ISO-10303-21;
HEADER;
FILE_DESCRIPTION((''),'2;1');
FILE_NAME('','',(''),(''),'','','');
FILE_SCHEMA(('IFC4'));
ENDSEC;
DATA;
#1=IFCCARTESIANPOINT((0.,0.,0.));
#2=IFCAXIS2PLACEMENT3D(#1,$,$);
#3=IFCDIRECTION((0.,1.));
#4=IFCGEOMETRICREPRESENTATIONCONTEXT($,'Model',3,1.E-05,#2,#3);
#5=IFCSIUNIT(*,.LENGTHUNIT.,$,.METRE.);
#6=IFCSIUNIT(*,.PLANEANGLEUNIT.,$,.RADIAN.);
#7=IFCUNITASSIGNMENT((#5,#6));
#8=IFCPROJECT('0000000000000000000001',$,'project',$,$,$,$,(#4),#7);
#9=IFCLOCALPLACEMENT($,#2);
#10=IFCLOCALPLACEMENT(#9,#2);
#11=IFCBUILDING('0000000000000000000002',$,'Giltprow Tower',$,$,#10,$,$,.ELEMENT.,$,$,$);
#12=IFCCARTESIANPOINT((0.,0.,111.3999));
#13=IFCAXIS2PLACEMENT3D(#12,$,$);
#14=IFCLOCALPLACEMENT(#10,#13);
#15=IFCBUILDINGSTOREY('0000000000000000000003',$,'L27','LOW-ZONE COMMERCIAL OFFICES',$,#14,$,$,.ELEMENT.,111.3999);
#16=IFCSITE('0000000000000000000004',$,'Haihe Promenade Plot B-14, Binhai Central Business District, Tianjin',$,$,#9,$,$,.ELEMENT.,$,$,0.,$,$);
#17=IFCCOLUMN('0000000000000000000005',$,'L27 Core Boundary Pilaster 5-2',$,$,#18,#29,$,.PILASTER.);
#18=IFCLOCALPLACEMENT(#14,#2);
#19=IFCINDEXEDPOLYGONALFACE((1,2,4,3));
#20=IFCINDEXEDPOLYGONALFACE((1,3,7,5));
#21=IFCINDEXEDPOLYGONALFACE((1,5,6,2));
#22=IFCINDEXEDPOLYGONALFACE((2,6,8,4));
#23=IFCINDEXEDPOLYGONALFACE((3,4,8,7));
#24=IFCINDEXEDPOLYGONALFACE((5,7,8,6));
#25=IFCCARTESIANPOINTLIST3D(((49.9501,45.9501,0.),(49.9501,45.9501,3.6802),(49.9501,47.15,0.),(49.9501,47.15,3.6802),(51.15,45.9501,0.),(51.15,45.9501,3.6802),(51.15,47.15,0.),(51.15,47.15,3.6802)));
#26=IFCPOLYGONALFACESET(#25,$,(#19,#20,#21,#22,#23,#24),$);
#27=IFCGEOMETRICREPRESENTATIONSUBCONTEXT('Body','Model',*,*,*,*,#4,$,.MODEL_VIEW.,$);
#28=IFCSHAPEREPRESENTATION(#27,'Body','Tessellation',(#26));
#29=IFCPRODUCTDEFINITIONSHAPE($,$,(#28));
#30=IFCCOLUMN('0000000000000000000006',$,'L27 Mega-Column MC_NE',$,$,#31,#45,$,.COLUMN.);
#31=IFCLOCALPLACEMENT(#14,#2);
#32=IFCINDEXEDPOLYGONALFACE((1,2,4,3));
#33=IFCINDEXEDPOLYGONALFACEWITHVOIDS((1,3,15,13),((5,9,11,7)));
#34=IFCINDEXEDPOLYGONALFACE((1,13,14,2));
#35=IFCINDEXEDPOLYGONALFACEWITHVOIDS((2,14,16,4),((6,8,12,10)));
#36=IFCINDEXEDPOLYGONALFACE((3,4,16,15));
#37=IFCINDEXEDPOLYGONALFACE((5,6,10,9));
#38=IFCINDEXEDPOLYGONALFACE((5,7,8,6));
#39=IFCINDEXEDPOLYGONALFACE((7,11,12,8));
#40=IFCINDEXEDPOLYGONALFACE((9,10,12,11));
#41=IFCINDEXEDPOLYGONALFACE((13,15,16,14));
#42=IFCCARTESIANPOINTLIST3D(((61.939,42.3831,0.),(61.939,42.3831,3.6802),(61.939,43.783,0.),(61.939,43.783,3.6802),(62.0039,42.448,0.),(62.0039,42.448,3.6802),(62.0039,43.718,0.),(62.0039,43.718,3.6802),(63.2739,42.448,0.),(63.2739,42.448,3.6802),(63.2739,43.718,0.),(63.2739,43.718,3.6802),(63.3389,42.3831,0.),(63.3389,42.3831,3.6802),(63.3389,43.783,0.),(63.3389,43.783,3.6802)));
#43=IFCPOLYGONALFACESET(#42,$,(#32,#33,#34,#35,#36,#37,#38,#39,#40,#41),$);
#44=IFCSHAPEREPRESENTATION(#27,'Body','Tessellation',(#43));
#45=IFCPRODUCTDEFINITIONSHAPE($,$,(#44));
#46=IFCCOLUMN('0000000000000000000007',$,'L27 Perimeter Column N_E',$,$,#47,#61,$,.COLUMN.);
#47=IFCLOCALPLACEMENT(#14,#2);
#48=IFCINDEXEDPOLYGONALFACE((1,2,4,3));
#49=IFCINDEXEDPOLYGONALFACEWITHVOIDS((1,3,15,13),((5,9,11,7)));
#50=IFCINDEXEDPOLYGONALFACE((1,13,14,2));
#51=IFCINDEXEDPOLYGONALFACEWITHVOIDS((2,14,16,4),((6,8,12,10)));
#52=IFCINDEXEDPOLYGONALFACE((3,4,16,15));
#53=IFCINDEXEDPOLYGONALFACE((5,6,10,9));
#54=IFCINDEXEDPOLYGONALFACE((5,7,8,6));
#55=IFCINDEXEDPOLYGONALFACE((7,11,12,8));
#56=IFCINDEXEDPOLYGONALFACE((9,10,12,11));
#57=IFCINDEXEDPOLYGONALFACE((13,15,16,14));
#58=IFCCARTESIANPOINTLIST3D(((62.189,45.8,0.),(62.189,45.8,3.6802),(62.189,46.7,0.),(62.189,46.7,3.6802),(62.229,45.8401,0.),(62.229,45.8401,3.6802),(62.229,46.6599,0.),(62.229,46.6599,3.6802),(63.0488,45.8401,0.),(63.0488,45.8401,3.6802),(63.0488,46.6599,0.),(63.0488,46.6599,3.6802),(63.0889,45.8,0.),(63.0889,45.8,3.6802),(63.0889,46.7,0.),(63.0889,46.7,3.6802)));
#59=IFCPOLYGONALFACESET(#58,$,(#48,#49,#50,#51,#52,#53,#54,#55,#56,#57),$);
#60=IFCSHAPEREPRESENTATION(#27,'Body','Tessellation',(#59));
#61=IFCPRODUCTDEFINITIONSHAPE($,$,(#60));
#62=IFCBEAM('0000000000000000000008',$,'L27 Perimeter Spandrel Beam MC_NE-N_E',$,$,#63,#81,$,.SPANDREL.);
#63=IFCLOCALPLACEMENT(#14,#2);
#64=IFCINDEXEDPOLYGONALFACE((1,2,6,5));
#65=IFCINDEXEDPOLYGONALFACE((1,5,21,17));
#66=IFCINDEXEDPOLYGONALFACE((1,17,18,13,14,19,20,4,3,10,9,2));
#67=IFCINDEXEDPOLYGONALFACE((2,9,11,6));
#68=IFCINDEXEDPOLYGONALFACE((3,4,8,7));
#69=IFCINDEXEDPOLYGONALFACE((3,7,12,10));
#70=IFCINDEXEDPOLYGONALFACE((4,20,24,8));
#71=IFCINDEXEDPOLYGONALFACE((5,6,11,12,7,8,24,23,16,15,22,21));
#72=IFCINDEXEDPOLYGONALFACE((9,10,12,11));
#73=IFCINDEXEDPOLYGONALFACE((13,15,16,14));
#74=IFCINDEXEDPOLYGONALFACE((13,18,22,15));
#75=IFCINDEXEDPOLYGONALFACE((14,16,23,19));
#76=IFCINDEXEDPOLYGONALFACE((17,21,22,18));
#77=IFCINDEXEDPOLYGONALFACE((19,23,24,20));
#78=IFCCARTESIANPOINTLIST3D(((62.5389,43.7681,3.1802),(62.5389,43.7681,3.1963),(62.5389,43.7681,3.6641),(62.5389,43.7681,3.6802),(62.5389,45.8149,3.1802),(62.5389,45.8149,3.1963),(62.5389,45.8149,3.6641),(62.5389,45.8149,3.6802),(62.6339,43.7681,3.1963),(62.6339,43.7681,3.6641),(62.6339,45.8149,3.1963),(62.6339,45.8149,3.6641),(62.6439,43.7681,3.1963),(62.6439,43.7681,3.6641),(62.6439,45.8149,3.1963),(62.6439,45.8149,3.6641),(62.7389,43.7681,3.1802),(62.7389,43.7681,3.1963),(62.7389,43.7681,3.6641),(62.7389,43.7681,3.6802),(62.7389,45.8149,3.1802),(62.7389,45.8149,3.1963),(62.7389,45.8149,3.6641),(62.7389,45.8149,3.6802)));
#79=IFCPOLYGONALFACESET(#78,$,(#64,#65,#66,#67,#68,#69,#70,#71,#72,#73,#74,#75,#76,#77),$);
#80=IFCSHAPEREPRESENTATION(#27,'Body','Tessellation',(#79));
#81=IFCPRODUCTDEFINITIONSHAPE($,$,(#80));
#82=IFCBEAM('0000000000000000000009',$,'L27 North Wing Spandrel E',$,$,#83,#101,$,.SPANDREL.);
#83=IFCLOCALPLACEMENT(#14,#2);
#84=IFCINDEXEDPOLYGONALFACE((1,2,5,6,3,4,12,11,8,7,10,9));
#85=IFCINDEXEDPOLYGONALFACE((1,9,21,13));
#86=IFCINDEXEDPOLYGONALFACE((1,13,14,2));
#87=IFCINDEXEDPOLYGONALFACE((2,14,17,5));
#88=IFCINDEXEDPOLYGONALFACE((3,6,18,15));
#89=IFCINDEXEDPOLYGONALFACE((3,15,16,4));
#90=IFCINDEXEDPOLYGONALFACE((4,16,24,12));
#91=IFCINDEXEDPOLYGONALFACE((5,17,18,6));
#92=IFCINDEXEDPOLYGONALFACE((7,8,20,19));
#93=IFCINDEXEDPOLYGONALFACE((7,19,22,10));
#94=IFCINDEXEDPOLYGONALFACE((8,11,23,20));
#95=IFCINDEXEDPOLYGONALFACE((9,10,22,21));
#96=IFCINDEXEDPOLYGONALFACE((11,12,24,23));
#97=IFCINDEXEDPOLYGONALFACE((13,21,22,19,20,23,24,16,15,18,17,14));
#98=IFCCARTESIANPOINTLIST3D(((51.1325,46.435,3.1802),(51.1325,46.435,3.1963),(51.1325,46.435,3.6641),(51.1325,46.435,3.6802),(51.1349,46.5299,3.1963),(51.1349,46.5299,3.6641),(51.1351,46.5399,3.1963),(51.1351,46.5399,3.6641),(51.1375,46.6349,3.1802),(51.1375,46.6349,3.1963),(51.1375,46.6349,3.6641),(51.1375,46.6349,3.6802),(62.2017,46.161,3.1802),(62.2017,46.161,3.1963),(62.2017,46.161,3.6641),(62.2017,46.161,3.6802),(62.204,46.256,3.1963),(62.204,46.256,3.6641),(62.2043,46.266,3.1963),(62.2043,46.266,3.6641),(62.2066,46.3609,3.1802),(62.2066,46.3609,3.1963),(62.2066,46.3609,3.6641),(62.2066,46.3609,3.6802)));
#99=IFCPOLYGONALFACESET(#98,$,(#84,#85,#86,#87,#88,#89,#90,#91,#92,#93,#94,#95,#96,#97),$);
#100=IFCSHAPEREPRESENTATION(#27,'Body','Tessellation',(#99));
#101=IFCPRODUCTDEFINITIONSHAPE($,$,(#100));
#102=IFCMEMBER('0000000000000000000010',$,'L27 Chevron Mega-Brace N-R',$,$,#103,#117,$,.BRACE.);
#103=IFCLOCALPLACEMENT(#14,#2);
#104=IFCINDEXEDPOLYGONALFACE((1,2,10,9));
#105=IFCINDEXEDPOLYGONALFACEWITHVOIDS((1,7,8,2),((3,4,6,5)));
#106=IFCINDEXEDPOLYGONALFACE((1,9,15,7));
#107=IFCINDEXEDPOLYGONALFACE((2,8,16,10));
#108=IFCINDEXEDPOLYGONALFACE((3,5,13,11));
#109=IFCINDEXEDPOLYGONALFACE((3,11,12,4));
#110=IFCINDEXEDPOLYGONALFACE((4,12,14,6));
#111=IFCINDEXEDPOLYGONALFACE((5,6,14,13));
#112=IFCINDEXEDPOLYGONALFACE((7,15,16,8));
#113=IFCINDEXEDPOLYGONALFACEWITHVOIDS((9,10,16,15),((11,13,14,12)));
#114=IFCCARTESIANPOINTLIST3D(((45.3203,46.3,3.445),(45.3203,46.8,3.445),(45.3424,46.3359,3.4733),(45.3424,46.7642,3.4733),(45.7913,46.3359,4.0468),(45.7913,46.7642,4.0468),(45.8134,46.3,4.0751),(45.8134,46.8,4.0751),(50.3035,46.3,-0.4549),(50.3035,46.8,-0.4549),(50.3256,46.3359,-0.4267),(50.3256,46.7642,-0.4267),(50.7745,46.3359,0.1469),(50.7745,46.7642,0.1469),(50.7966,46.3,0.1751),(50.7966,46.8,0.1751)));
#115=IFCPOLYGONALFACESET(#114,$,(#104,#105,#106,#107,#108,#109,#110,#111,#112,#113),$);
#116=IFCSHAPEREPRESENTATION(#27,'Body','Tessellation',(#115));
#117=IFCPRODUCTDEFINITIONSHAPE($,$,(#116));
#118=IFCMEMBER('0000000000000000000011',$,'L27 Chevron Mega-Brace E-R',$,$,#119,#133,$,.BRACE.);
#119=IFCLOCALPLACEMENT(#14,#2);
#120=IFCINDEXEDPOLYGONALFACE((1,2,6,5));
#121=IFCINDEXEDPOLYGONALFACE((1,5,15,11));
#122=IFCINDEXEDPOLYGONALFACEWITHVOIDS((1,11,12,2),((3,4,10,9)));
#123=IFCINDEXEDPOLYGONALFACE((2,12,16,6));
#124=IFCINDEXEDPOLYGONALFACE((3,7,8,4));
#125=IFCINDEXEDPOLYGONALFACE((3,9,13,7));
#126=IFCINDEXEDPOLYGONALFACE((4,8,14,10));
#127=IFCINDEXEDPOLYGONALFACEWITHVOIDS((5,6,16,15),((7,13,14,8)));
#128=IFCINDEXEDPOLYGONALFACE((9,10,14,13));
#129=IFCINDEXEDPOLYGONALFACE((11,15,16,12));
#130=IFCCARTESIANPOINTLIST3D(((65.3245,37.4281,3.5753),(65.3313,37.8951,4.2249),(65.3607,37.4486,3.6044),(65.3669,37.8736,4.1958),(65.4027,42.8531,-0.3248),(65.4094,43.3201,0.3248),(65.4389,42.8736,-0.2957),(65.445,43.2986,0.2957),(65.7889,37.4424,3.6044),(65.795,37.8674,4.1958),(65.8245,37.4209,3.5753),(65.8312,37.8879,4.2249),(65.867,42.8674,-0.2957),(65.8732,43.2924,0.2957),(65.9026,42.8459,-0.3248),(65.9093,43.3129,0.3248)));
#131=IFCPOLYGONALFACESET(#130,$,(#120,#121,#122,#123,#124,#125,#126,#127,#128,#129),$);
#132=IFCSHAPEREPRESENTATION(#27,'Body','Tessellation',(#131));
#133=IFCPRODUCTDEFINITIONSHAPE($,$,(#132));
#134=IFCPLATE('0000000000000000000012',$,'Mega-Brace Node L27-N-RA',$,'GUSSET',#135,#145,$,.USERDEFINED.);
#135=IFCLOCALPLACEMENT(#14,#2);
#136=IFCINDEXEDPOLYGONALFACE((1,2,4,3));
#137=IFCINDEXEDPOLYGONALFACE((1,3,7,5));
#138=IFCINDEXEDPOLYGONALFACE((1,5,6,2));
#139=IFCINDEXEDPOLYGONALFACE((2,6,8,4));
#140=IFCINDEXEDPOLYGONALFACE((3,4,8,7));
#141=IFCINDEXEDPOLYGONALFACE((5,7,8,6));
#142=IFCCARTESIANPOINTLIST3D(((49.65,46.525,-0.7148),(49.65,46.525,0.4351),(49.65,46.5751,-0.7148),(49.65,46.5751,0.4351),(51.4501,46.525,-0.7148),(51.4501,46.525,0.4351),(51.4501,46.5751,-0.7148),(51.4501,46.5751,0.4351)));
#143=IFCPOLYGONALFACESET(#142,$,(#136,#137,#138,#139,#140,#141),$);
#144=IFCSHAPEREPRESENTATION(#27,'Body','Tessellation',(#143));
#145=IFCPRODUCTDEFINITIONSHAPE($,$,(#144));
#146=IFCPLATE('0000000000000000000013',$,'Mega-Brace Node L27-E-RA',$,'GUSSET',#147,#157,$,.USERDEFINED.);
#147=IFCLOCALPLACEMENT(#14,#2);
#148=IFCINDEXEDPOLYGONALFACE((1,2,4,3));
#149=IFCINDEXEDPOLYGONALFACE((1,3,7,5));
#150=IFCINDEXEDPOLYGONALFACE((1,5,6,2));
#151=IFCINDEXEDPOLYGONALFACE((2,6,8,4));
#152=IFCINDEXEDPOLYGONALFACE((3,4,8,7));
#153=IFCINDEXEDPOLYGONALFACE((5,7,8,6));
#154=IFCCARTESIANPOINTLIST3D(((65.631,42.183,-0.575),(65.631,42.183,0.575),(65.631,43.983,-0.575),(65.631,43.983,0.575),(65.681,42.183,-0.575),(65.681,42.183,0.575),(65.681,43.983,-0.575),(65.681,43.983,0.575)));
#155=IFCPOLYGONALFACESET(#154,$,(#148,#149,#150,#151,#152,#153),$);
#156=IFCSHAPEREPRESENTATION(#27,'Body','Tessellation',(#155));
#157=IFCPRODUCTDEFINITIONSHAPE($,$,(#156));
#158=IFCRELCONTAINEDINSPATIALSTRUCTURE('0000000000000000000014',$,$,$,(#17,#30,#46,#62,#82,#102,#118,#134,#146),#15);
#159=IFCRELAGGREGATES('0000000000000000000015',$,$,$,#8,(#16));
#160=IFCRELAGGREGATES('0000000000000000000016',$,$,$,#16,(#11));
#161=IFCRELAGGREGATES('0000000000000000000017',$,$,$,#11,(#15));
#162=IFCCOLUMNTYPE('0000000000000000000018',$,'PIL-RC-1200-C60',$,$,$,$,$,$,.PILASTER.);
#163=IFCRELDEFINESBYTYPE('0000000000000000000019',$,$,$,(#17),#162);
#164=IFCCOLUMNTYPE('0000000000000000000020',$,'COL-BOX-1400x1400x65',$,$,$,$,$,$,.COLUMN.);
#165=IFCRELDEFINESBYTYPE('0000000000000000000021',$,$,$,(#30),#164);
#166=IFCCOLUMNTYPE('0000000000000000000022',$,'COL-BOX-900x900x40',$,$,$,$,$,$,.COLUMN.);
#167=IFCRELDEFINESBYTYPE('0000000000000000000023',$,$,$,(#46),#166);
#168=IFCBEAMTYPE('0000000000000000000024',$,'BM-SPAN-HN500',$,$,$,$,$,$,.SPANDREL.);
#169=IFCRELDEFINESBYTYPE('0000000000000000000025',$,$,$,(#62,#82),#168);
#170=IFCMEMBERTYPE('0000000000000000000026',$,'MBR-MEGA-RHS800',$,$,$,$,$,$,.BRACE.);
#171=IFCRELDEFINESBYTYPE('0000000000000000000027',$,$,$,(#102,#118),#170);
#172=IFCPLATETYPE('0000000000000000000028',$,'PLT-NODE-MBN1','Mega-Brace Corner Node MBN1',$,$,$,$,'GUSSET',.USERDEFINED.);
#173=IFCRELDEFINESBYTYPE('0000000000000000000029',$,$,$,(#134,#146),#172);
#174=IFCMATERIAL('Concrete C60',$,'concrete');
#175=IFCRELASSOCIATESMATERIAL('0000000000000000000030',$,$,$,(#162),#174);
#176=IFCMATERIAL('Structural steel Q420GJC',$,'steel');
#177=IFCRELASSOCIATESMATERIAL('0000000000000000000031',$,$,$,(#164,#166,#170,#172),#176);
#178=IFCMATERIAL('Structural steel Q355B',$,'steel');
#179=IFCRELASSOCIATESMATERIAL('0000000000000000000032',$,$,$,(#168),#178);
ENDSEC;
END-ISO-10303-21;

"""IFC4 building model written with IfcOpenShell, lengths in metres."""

from ifc_helpers import new_model, si_unit, direction, frame, origin, origin_2d, place, context, subcontext, project, spatial, rectangle, hollow_rectangle, i_section, extrude, source, transform, mapped, material, material_profile, profile_set, type_object, element, save


model = new_model("IFC4")

# Units and contexts
model_context = context("Model", 3, precision=1e-05, world=origin(), true_north=direction((0.0, 1.0)))
body_context = subcontext(model_context, "Body", "Model", "MODEL_VIEW")
ifc_project = project(units=[si_unit("LENGTHUNIT", "METRE"), si_unit("PLANEANGLEUNIT", "RADIAN")], contexts=[model_context])

# Site, building, storey
site_placement = place(None, origin())
site = spatial("IfcSite", under=ifc_project, at=site_placement, Name="Haihe Promenade Plot B-14, Binhai Central Business District, Tianjin", CompositionType="ELEMENT", RefElevation=0.0)
building_placement = place(site_placement, origin())
building = spatial("IfcBuilding", under=site, at=building_placement, Name="Giltprow Tower", CompositionType="ELEMENT")
storey_placement = place(building_placement, frame((0.0, 0.0, 111.3999)))
storey = spatial("IfcBuildingStorey", under=building, at=storey_placement, Name="L27", Description="LOW-ZONE COMMERCIAL OFFICES", CompositionType="ELEMENT", Elevation=111.3999)

# Columns
ifc_material_1 = material(Name="Concrete C60", Category="concrete")
ifc_material_profile_1 = material_profile(ifc_material_1, rectangle(XDim=1.2, YDim=1.2, at=origin_2d()), Name="RC 1200x1200")
ifc_profile_set_1 = profile_set([ifc_material_profile_1], Name="Concrete C60")
column_type_1 = type_object("IfcColumnType", Name="PIL-RC-1200-C60", PredefinedType="PILASTER", material=ifc_profile_set_1)
shared_shape_1 = source(origin(), body_context, "Body", "SweptSolid", [
    extrude(rectangle(XDim=1.2, YDim=1.2, at=origin_2d()), origin(), (0.0, 0.0, 1.0), 3.6802),
])
column_1_placement = place(storey_placement, frame((50.55, 46.55, 0.0), z_axis=(0.0, 0.0, 1.0), x_axis=(1.0, 0.0, 0.0)))
element("IfcColumn", 1, at=column_1_placement, inside=storey, type_object=column_type_1, Name="L27 Core Boundary Pilaster 5-2", PredefinedType="PILASTER", context=body_context, shape_type="MappedRepresentation", body=[
    mapped(shared_shape_1, transform((0.0, 0.0, 0.0), x_axis=(1.0, 0.0, 0.0), y_axis=(0.0, 1.0, 0.0), z_axis=(0.0, 0.0, 1.0), scale=1.0)),
])
ifc_material_2 = material(Name="Structural steel Q420GJC", Category="steel")
ifc_material_profile_2 = material_profile(ifc_material_2, hollow_rectangle(XDim=1.3999, YDim=1.3999, WallThickness=0.0649, at=origin_2d()), Name="BOX 1400x1400x65")
ifc_profile_set_2 = profile_set([ifc_material_profile_2], Name="Structural steel Q420GJC")
column_type_2 = type_object("IfcColumnType", Name="COL-BOX-1400x1400x65", PredefinedType="COLUMN", material=ifc_profile_set_2)
shared_shape_2 = source(origin(), body_context, "Body", "SweptSolid", [
    extrude(hollow_rectangle(XDim=1.3999, YDim=1.3999, WallThickness=0.0649, at=origin_2d()), origin(), (0.0, 0.0, 1.0), 3.6802),
])
column_2_placement = place(storey_placement, frame((62.6389, 43.083, 0.0), z_axis=(0.0, 0.0, 1.0), x_axis=(1.0, 0.0, 0.0)))
element("IfcColumn", 2, at=column_2_placement, inside=storey, type_object=column_type_2, Name="L27 Mega-Column MC_NE", PredefinedType="COLUMN", context=body_context, shape_type="MappedRepresentation", body=[
    mapped(shared_shape_2, transform((0.0, 0.0, 0.0), x_axis=(1.0, 0.0, 0.0), y_axis=(0.0, 1.0, 0.0), z_axis=(0.0, 0.0, 1.0), scale=1.0)),
])
ifc_material_profile_3 = material_profile(ifc_material_2, hollow_rectangle(XDim=0.8999, YDim=0.8999, WallThickness=0.04, at=origin_2d()), Name="BOX 900x900x40")
ifc_profile_set_3 = profile_set([ifc_material_profile_3], Name="Structural steel Q420GJC")
column_type_3 = type_object("IfcColumnType", Name="COL-BOX-900x900x40", PredefinedType="COLUMN", material=ifc_profile_set_3)
shared_shape_3 = source(origin(), body_context, "Body", "SweptSolid", [
    extrude(hollow_rectangle(XDim=0.8999, YDim=0.8999, WallThickness=0.04, at=origin_2d()), origin(), (0.0, 0.0, 1.0), 3.6802),
])
column_3_placement = place(storey_placement, frame((62.6389, 46.25, 0.0), z_axis=(0.0, 0.0, 1.0), x_axis=(1.0, 0.0, 0.0)))
element("IfcColumn", 3, at=column_3_placement, inside=storey, type_object=column_type_3, Name="L27 Perimeter Column N_E", PredefinedType="COLUMN", context=body_context, shape_type="MappedRepresentation", body=[
    mapped(shared_shape_3, transform((0.0, 0.0, 0.0), x_axis=(1.0, 0.0, 0.0), y_axis=(0.0, 1.0, 0.0), z_axis=(0.0, 0.0, 1.0), scale=1.0)),
])

# Beams
ifc_material_3 = material(Name="Structural steel Q355B", Category="steel")
ifc_material_profile_4 = material_profile(ifc_material_3, i_section(OverallWidth=0.2, OverallDepth=0.5, WebThickness=0.01, FlangeThickness=0.0161, at=origin_2d()), Name="HN 500x200x10x16")
ifc_profile_set_4 = profile_set([ifc_material_profile_4], Name="Structural steel Q355B")
beam_type = type_object("IfcBeamType", Name="BM-SPAN-HN500", PredefinedType="SPANDREL", material=ifc_profile_set_4)
shared_shape_4 = source(origin(), body_context, "Body", "SweptSolid", [
    extrude(i_section(OverallWidth=0.2, OverallDepth=0.5, WebThickness=0.01, FlangeThickness=0.0161, at=origin_2d()), origin(), (0.0, 0.0, 1.0), 2.0469),
])
beam_1_placement = place(storey_placement, frame((62.6389, 43.7681, 3.4302), z_axis=(0.0, 1.0, 0.0), x_axis=(-1.0, 0.0, 0.0)))
element("IfcBeam", 4, at=beam_1_placement, inside=storey, type_object=beam_type, Name="L27 Perimeter Spandrel Beam MC_NE-N_E", PredefinedType="SPANDREL", context=body_context, shape_type="MappedRepresentation", body=[
    mapped(shared_shape_4, transform((0.0, 0.0, 0.0), x_axis=(1.0, 0.0, 0.0), y_axis=(0.0, 1.0, 0.0), z_axis=(0.0, 0.0, 1.0), scale=1.0)),
])
shared_shape_5 = source(origin(), body_context, "Body", "SweptSolid", [
    extrude(i_section(OverallWidth=0.2, OverallDepth=0.5, WebThickness=0.01, FlangeThickness=0.0161, at=origin_2d()), origin(), (0.0, 0.0, 1.0), 11.0725),
])
beam_2_placement = place(storey_placement, frame((51.135, 46.5349, 3.4302), z_axis=(0.999694, -0.024739, 0.0), x_axis=(0.024739, 0.999694, 0.0)))
element("IfcBeam", 5, at=beam_2_placement, inside=storey, type_object=beam_type, Name="L27 North Wing Spandrel E", PredefinedType="SPANDREL", context=body_context, shape_type="MappedRepresentation", body=[
    mapped(shared_shape_5, transform((0.0, 0.0, 0.0), x_axis=(1.0, 0.0, 0.0), y_axis=(0.0, 1.0, 0.0), z_axis=(0.0, 0.0, 1.0), scale=1.0)),
])

# Members
ifc_material_profile_5 = material_profile(ifc_material_2, hollow_rectangle(XDim=0.5, YDim=0.8, WallThickness=0.0359, at=origin_2d()), Name="RHS 800x500x36")
ifc_profile_set_5 = profile_set([ifc_material_profile_5], Name="Structural steel Q420GJC")
member_type = type_object("IfcMemberType", Name="MBR-MEGA-RHS800", PredefinedType="BRACE", material=ifc_profile_set_5)
shared_shape_6 = source(origin(), body_context, "Body", "SweptSolid", [
    extrude(hollow_rectangle(XDim=0.5, YDim=0.8, WallThickness=0.0359, at=origin_2d()), origin(), (0.0, 0.0, 1.0), 6.3279),
])
member_1_placement = place(storey_placement, frame((50.55, 46.55, -0.1399), z_axis=(-0.787502, 0.0, 0.616312), x_axis=(0.0, -1.0, 0.0)))
element("IfcMember", 6, at=member_1_placement, inside=storey, type_object=member_type, Name="L27 Chevron Mega-Brace N-R", PredefinedType="BRACE", context=body_context, shape_type="MappedRepresentation", body=[
    mapped(shared_shape_6, transform((0.0, 0.0, 0.0), x_axis=(1.0, 0.0, 0.0), y_axis=(0.0, 1.0, 0.0), z_axis=(0.0, 0.0, 1.0), scale=1.0)),
])
shared_shape_7 = source(origin(), body_context, "Body", "SweptSolid", [
    extrude(hollow_rectangle(XDim=0.5, YDim=0.8, WallThickness=0.0359, at=origin_2d()), origin(), (0.0, 0.0, 1.0), 6.6819),
])
member_2_placement = place(storey_placement, frame((65.656, 43.083, 0.0), z_axis=(-0.011692, -0.811897, 0.583684), x_axis=(0.999896, -0.014399, 0.0)))
element("IfcMember", 7, at=member_2_placement, inside=storey, type_object=member_type, Name="L27 Chevron Mega-Brace E-R", PredefinedType="BRACE", context=body_context, shape_type="MappedRepresentation", body=[
    mapped(shared_shape_7, transform((0.0, 0.0, 0.0), x_axis=(1.0, 0.0, 0.0), y_axis=(0.0, 1.0, 0.0), z_axis=(0.0, 0.0, 1.0), scale=1.0)),
])

# Plates
plate_type = type_object("IfcPlateType", Name="PLT-NODE-MBN1", Description="Mega-Brace Corner Node MBN1", ElementType="GUSSET", PredefinedType="USERDEFINED", material=ifc_material_2)
shared_shape_8 = source(origin(), body_context, "Body", "SweptSolid", [
    extrude(rectangle(XDim=1.8, YDim=0.05, at=origin_2d()), origin(), (0.0, 0.0, 1.0), 1.1499),
])
for number, where, z_axis, x_axis, name in (
    (8, (50.55, 46.55, -0.7148), (0.0, 0.0, 1.0), (1.0, 0.0, 0.0), "Mega-Brace Node L27-N-RA"),
    (9, (65.656, 43.083, -0.575), (0.0, 0.0, 1.0), (0.0, 1.0, 0.0), "Mega-Brace Node L27-E-RA"),
):
    element("IfcPlate", number, at=place(storey_placement, frame(where, z_axis=z_axis, x_axis=x_axis)), inside=storey, type_object=plate_type, Name=name, ObjectType="GUSSET", PredefinedType="USERDEFINED", context=body_context, shape_type="MappedRepresentation", body=[
        mapped(shared_shape_8, transform((0.0, 0.0, 0.0), x_axis=(1.0, 0.0, 0.0), y_axis=(0.0, 1.0, 0.0), z_axis=(0.0, 0.0, 1.0), scale=1.0)),
    ])

save(model, "model.ifc")
